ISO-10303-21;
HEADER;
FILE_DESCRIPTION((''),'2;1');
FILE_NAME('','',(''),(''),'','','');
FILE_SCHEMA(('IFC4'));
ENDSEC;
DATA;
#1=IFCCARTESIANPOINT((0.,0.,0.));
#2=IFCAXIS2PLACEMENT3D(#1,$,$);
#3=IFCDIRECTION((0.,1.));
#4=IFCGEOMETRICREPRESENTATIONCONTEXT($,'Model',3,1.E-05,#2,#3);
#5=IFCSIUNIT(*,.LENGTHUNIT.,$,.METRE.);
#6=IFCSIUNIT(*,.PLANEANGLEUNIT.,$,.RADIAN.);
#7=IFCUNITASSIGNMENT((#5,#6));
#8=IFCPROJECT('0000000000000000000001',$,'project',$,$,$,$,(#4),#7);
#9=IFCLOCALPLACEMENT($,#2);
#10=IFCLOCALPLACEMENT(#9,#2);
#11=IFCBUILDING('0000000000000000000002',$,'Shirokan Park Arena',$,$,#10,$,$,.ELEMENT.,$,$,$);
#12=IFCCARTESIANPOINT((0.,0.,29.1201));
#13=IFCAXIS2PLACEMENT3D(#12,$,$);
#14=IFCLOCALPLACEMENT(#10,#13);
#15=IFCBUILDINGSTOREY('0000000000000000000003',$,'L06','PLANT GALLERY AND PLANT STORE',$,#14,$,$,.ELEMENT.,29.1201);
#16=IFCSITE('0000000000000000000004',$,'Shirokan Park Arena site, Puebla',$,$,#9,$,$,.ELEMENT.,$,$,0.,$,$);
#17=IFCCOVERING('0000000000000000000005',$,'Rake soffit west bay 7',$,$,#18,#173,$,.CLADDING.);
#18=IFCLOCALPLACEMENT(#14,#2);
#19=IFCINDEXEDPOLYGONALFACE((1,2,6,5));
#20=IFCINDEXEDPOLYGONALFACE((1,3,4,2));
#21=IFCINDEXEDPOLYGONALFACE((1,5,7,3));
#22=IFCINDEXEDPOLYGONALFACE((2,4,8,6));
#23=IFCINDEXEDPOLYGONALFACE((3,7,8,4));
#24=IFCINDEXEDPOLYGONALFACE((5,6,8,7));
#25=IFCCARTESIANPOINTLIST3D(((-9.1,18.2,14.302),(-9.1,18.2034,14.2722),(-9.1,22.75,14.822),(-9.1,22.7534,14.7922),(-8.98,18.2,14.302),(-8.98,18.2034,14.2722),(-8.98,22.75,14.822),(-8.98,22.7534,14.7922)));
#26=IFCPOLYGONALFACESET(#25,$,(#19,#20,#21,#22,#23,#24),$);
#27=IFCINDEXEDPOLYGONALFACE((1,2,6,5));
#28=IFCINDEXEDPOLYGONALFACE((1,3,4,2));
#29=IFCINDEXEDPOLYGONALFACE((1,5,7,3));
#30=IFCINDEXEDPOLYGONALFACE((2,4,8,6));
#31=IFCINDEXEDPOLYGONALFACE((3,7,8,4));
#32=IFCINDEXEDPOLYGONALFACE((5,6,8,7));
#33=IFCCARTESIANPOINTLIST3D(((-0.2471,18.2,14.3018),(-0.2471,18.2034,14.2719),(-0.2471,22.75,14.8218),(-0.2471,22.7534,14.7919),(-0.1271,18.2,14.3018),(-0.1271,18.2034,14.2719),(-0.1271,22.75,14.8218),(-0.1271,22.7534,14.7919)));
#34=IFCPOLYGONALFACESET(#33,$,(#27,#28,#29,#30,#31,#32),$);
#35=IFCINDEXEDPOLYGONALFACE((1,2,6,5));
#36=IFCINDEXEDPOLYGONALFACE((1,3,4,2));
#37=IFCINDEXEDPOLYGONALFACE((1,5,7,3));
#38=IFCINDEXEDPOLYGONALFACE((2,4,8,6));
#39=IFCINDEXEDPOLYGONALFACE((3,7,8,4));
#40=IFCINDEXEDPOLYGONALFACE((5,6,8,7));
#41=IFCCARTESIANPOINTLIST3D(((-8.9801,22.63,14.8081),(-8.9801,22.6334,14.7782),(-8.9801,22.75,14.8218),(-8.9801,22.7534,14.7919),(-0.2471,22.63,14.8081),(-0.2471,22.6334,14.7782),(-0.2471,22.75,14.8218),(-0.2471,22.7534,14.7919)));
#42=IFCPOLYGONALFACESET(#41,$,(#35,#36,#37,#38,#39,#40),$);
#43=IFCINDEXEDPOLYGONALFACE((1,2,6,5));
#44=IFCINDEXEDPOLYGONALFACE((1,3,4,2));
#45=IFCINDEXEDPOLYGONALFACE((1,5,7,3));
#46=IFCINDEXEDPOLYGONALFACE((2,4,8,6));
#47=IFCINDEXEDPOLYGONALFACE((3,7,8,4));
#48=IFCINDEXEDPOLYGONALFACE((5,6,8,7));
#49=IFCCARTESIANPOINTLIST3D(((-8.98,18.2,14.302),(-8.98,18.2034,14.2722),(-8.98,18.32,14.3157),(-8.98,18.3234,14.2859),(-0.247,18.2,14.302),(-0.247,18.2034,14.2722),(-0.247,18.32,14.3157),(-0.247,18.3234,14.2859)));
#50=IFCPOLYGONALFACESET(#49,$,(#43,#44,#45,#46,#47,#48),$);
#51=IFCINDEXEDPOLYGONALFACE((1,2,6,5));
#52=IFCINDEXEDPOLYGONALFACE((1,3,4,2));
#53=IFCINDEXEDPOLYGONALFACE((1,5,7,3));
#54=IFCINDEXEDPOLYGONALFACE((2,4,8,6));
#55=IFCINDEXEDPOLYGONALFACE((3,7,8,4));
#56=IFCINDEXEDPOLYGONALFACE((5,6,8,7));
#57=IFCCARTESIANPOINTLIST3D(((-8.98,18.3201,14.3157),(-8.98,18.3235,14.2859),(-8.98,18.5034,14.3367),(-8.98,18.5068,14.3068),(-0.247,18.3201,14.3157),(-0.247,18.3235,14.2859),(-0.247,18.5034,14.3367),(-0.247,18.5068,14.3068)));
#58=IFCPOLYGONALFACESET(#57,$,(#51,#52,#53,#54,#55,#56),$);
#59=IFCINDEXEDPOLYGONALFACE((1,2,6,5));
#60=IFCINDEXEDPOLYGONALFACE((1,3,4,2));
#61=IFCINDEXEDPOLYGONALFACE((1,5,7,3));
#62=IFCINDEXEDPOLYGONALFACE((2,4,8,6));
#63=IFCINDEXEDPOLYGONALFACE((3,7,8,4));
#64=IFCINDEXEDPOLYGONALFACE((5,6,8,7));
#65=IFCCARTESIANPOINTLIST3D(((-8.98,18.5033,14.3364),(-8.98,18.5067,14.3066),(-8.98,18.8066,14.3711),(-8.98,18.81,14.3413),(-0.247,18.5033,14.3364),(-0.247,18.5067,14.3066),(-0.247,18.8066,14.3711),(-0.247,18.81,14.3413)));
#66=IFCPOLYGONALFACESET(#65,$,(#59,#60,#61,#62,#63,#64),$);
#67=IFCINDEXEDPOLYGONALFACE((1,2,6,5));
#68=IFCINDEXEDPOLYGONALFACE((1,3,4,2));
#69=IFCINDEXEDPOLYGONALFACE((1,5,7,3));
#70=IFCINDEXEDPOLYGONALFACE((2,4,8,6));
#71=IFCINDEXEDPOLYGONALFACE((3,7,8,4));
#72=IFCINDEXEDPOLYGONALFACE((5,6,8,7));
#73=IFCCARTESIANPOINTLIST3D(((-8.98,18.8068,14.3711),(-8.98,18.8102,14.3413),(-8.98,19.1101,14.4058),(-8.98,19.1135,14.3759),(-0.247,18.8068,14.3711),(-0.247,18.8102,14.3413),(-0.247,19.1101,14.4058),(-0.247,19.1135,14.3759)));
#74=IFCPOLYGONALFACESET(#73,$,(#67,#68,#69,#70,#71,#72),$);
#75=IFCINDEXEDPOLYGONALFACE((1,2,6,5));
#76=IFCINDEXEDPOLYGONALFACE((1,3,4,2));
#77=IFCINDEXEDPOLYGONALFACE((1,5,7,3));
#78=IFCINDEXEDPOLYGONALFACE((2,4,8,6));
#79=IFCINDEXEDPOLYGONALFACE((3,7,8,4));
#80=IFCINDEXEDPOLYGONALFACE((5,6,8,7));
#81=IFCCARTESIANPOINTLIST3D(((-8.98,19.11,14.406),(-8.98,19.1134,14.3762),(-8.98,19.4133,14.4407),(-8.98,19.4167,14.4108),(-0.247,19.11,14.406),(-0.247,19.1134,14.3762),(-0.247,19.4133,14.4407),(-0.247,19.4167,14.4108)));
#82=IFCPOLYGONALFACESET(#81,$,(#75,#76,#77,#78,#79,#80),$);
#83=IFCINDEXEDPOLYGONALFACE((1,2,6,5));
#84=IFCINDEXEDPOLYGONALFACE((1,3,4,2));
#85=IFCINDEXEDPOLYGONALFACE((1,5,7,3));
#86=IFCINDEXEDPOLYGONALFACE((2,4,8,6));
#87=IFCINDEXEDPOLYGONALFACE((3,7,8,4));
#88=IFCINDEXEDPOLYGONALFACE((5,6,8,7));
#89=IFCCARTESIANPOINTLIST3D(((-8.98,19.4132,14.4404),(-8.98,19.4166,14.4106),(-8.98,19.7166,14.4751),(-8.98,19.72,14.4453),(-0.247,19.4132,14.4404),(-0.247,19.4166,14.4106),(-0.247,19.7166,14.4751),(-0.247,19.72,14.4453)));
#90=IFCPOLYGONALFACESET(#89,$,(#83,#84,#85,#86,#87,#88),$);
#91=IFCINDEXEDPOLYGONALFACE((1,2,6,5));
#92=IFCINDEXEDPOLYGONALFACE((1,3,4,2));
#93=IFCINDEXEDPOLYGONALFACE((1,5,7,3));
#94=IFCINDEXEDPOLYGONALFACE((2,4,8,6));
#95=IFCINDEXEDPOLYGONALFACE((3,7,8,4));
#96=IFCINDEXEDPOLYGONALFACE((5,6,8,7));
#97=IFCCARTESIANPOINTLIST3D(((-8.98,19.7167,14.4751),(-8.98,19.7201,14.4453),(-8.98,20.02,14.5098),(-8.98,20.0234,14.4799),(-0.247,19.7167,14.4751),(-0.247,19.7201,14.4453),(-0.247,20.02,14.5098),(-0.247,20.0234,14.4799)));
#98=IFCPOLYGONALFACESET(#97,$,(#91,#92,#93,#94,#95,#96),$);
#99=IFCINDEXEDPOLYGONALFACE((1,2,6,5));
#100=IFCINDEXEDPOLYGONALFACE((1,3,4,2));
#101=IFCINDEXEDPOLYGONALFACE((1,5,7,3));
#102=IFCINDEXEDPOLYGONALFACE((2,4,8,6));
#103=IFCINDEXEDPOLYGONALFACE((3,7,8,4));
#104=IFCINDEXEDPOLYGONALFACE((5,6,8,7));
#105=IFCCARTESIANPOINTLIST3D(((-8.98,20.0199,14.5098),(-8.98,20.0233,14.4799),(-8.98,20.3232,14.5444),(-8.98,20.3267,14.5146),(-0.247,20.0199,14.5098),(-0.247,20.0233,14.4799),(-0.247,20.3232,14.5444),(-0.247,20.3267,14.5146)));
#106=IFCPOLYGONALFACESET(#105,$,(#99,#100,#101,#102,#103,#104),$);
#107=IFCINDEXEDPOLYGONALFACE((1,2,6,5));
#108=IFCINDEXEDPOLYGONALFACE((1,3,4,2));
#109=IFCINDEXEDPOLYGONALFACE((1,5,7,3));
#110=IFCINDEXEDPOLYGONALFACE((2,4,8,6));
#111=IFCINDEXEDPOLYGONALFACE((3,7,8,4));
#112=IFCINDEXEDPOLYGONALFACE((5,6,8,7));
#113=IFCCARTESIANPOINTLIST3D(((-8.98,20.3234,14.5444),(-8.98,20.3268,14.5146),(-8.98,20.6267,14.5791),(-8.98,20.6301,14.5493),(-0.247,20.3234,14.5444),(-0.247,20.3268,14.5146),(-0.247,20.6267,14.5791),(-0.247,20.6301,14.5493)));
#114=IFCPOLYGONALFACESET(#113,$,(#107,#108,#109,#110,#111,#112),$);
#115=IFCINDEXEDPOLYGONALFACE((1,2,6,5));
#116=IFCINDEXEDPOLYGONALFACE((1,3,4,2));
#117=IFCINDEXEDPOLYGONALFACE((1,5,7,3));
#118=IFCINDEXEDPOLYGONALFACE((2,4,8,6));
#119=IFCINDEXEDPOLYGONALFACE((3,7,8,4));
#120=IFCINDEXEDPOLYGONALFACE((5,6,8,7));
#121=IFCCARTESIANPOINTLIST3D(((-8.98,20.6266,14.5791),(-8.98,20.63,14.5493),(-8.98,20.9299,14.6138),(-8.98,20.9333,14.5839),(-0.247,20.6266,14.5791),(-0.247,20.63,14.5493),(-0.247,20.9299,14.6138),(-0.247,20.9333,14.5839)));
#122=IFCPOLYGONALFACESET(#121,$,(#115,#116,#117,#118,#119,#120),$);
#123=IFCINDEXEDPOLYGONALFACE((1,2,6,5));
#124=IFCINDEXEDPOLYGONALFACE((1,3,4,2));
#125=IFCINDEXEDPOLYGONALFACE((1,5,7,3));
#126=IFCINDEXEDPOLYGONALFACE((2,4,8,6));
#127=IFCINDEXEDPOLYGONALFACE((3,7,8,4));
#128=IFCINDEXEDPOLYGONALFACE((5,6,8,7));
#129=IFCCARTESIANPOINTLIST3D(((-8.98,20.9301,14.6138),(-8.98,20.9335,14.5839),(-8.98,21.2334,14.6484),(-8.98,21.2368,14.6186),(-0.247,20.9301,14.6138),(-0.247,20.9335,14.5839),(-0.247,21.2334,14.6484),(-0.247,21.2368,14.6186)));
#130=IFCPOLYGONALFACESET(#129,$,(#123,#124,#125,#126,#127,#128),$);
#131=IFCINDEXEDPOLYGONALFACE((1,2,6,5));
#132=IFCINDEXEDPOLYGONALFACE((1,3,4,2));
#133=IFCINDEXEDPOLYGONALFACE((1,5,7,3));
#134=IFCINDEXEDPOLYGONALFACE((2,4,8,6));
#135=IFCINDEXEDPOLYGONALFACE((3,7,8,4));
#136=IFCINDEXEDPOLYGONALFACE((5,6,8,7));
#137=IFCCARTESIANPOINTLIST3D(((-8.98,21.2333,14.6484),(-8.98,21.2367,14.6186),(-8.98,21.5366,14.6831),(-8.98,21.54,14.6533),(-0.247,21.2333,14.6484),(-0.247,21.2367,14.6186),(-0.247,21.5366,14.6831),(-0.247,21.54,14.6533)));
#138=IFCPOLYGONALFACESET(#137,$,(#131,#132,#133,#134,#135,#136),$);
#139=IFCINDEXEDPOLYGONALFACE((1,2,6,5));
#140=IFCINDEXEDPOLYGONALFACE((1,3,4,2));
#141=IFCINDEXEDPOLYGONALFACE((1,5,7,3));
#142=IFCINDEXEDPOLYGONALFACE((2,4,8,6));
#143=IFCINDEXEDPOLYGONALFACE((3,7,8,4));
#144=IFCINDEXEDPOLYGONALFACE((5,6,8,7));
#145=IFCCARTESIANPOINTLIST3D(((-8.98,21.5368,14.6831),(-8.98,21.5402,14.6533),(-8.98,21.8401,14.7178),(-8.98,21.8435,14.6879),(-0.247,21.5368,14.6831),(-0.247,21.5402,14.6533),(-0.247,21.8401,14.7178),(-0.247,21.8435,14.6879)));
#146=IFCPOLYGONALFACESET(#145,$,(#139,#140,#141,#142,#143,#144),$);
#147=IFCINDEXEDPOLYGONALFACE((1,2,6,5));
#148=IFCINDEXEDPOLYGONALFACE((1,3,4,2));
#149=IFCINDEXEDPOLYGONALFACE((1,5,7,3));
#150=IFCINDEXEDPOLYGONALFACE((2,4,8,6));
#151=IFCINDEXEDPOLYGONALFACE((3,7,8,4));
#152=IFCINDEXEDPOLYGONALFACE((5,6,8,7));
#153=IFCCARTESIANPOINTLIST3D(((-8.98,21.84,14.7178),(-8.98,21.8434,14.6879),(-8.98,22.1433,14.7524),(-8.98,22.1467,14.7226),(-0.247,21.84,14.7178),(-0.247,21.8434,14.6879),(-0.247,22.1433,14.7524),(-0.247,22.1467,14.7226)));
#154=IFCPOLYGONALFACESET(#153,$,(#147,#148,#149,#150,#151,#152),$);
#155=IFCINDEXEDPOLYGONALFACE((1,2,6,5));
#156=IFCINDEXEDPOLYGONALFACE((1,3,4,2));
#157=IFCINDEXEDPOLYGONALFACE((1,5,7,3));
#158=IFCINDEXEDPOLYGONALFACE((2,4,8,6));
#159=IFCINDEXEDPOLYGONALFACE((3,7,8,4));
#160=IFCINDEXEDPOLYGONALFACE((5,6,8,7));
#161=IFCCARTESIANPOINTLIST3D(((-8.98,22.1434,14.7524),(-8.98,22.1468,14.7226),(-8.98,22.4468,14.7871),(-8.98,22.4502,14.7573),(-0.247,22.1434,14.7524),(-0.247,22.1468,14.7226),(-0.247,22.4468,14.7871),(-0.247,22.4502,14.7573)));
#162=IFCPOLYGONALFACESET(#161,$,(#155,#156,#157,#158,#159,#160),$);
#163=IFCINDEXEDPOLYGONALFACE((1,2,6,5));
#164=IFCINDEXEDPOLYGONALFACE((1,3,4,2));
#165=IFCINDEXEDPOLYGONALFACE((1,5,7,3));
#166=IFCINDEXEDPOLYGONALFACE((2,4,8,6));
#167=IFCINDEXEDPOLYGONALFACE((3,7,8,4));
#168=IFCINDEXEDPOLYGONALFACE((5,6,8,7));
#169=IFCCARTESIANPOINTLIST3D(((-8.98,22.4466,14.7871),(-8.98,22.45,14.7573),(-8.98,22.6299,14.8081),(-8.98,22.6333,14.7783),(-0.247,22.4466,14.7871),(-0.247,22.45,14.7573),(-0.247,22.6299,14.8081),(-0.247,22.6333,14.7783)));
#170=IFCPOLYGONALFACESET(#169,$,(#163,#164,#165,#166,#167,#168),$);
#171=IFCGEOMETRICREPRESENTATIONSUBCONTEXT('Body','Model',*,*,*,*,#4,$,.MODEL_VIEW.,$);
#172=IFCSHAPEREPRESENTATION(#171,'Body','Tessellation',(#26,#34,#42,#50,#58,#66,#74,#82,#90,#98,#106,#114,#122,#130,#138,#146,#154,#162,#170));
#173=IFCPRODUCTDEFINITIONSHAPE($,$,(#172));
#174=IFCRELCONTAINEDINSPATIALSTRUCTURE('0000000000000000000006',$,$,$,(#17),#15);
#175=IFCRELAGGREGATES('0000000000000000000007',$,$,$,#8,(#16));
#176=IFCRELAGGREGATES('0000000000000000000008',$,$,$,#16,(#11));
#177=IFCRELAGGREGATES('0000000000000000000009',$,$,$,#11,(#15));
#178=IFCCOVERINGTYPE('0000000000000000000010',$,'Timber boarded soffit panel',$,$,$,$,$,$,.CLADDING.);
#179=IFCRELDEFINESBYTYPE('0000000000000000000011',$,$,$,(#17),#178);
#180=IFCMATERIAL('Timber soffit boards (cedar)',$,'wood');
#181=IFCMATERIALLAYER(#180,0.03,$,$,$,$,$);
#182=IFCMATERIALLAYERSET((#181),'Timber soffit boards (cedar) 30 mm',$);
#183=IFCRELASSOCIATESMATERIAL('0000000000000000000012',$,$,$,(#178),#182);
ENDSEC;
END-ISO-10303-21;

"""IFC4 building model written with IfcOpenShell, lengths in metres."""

from ifc_helpers import new_model, si_unit, direction, frame, origin, place, context, subcontext, project, spatial, polyline, outline, extrude, material, layer, layer_set, type_object, element, save


model = new_model("IFC4")

# Units and contexts
model_context = context("Model", 3, precision=1e-05, world=origin(), true_north=direction((0.0, 1.0)))
body_context = subcontext(model_context, "Body", "Model", "MODEL_VIEW")
ifc_project = project(units=[si_unit("LENGTHUNIT", "METRE"), si_unit("PLANEANGLEUNIT", "RADIAN")], contexts=[model_context])

# Site, building, storey
site_placement = place(None, origin())
site = spatial("IfcSite", under=ifc_project, at=site_placement, Name="Shirokan Park Arena site, Puebla", CompositionType="ELEMENT", RefElevation=0.0)
building_placement = place(site_placement, origin())
building = spatial("IfcBuilding", under=site, at=building_placement, Name="Shirokan Park Arena", CompositionType="ELEMENT")
storey_placement = place(building_placement, frame((0.0, 0.0, 29.1201)))
storey = spatial("IfcBuildingStorey", under=building, at=storey_placement, Name="L06", Description="PLANT GALLERY AND PLANT STORE", CompositionType="ELEMENT", Elevation=29.1201)

# Covering
ifc_material = material(Name="Timber soffit boards (cedar)", Category="wood")
ifc_layer = layer(ifc_material, 0.03)
ifc_layer_set = layer_set([ifc_layer], Name="Timber soffit boards (cedar) 30 mm")
covering_type = type_object("IfcCoveringType", Name="Timber boarded soffit panel", PredefinedType="CLADDING", material=ifc_layer_set)
covering_1_placement = place(storey_placement, origin())
element("IfcCovering", 1, at=covering_1_placement, inside=storey, type_object=covering_type, Name="Rake soffit west bay 7", PredefinedType="CLADDING", context=body_context, shape_type="SweptSolid", body=[
    extrude(outline(polyline([(0.0, 0.0), (0.12, 0.0), (0.12, -4.5796), (0.0, -4.5796), (0.0, 0.0)])), frame((-8.98, 18.2, 14.302), z_axis=(0.0, -0.113547, 0.993533), x_axis=(-1.0, 0.0, 0.0)), (0.0, 0.0, -1.0), 0.03),
    extrude(outline(polyline([(0.0, 0.0), (0.12, 0.0), (0.12, -4.5796), (0.0, -4.5796), (0.0, 0.0)])), frame((-0.2471, 22.75, 14.8218), z_axis=(0.0, -0.113547, 0.993533), x_axis=(1.0, 0.0, 0.0)), (0.0, 0.0, -1.0), 0.03),
    extrude(outline(polyline([(0.0, 0.0), (0.1208, 0.0), (0.1208, -8.733), (0.0, -8.733), (0.0, 0.0)])), frame((-0.2471, 22.75, 14.8218), z_axis=(0.0, -0.113512, 0.993537), x_axis=(0.0, -0.993537, -0.113512)), (0.0, 0.0, -1.0), 0.03),
    extrude(outline(polyline([(0.0, 0.0), (0.1208, 0.0), (0.1208, -8.733), (0.0, -8.733), (0.0, 0.0)])), frame((-8.98, 18.2, 14.302), z_axis=(0.0, -0.113512, 0.993537), x_axis=(0.0, 0.993537, 0.113512)), (0.0, 0.0, -1.0), 0.03),
    extrude(outline(polyline([(0.0, 0.0), (8.733, 0.0), (8.733, -0.1845), (0.0, -0.1845), (0.0, 0.0)])), frame((-8.98, 18.5034, 14.3367), z_axis=(0.0, -0.113589, 0.993528), x_axis=(1.0, 0.0, 0.0)), (0.0, 0.0, -1.0), 0.03),
    extrude(outline(polyline([(0.0, 0.0), (8.733, 0.0), (8.733, -0.3053), (0.0, -0.3053), (0.0, 0.0)])), frame((-8.98, 18.8066, 14.3711), z_axis=(0.0, -0.113523, 0.993535), x_axis=(1.0, 0.0, 0.0)), (0.0, 0.0, -1.0), 0.03),
    extrude(outline(polyline([(0.0, 0.0), (8.733, 0.0), (8.733, -0.3053), (0.0, -0.3053), (0.0, 0.0)])), frame((-8.98, 19.1101, 14.4058), z_axis=(0.0, -0.113559, 0.993531), x_axis=(1.0, 0.0, 0.0)), (0.0, 0.0, -1.0), 0.03),
    extrude(outline(polyline([(0.0, 0.0), (8.733, 0.0), (8.733, -0.3053), (0.0, -0.3053), (0.0, 0.0)])), frame((-8.98, 19.4133, 14.4407), z_axis=(0.0, -0.113559, 0.993531), x_axis=(1.0, 0.0, 0.0)), (0.0, 0.0, -1.0), 0.03),
    extrude(outline(polyline([(0.0, 0.0), (8.733, 0.0), (8.733, -0.3053), (0.0, -0.3053), (0.0, 0.0)])), frame((-8.98, 19.7166, 14.4751), z_axis=(0.0, -0.113523, 0.993535), x_axis=(1.0, 0.0, 0.0)), (0.0, 0.0, -1.0), 0.03),
    extrude(outline(polyline([(0.0, 0.0), (8.733, 0.0), (8.733, -0.3053), (0.0, -0.3053), (0.0, 0.0)])), frame((-8.98, 20.02, 14.5098), z_axis=(0.0, -0.113559, 0.993531), x_axis=(1.0, 0.0, 0.0)), (0.0, 0.0, -1.0), 0.03),
    extrude(outline(polyline([(0.0, 0.0), (8.733, 0.0), (8.733, -0.3053), (0.0, -0.3053), (0.0, 0.0)])), frame((-8.98, 20.3232, 14.5444), z_axis=(0.0, -0.113559, 0.993531), x_axis=(1.0, 0.0, 0.0)), (0.0, 0.0, -1.0), 0.03),
    extrude(outline(polyline([(0.0, 0.0), (8.733, 0.0), (8.733, -0.3053), (0.0, -0.3053), (0.0, 0.0)])), frame((-8.98, 20.6267, 14.5791), z_axis=(0.0, -0.113523, 0.993535), x_axis=(1.0, 0.0, 0.0)), (0.0, 0.0, -1.0), 0.03),
    extrude(outline(polyline([(0.0, 0.0), (8.733, 0.0), (8.733, -0.3053), (0.0, -0.3053), (0.0, 0.0)])), frame((-8.98, 20.9299, 14.6138), z_axis=(0.0, -0.113559, 0.993531), x_axis=(1.0, 0.0, 0.0)), (0.0, 0.0, -1.0), 0.03),
    extrude(outline(polyline([(0.0, 0.0), (8.733, 0.0), (8.733, -0.3053), (0.0, -0.3053), (0.0, 0.0)])), frame((-8.98, 21.2334, 14.6484), z_axis=(0.0, -0.113559, 0.993531), x_axis=(1.0, 0.0, 0.0)), (0.0, 0.0, -1.0), 0.03),
    extrude(outline(polyline([(0.0, 0.0), (8.733, 0.0), (8.733, -0.3053), (0.0, -0.3053), (0.0, 0.0)])), frame((-8.98, 21.5366, 14.6831), z_axis=(0.0, -0.113523, 0.993535), x_axis=(1.0, 0.0, 0.0)), (0.0, 0.0, -1.0), 0.03),
    extrude(outline(polyline([(0.0, 0.0), (8.733, 0.0), (8.733, -0.3053), (0.0, -0.3053), (0.0, 0.0)])), frame((-8.98, 21.8401, 14.7178), z_axis=(0.0, -0.113559, 0.993531), x_axis=(1.0, 0.0, 0.0)), (0.0, 0.0, -1.0), 0.03),
    extrude(outline(polyline([(0.0, 0.0), (8.733, 0.0), (8.733, -0.3053), (0.0, -0.3053), (0.0, 0.0)])), frame((-8.98, 22.1433, 14.7524), z_axis=(0.0, -0.113559, 0.993531), x_axis=(1.0, 0.0, 0.0)), (0.0, 0.0, -1.0), 0.03),
    extrude(outline(polyline([(0.0, 0.0), (8.733, 0.0), (8.733, -0.3053), (0.0, -0.3053), (0.0, 0.0)])), frame((-8.98, 22.4468, 14.7871), z_axis=(0.0, -0.113523, 0.993535), x_axis=(1.0, 0.0, 0.0)), (0.0, 0.0, -1.0), 0.03),
    extrude(outline(polyline([(0.0, 0.0), (8.733, 0.0), (8.733, -0.1845), (0.0, -0.1845), (0.0, 0.0)])), frame((-8.98, 22.6299, 14.8081), z_axis=(0.0, -0.113589, 0.993528), x_axis=(1.0, 0.0, 0.0)), (0.0, 0.0, -1.0), 0.03),
])

save(model, "model.ifc")
